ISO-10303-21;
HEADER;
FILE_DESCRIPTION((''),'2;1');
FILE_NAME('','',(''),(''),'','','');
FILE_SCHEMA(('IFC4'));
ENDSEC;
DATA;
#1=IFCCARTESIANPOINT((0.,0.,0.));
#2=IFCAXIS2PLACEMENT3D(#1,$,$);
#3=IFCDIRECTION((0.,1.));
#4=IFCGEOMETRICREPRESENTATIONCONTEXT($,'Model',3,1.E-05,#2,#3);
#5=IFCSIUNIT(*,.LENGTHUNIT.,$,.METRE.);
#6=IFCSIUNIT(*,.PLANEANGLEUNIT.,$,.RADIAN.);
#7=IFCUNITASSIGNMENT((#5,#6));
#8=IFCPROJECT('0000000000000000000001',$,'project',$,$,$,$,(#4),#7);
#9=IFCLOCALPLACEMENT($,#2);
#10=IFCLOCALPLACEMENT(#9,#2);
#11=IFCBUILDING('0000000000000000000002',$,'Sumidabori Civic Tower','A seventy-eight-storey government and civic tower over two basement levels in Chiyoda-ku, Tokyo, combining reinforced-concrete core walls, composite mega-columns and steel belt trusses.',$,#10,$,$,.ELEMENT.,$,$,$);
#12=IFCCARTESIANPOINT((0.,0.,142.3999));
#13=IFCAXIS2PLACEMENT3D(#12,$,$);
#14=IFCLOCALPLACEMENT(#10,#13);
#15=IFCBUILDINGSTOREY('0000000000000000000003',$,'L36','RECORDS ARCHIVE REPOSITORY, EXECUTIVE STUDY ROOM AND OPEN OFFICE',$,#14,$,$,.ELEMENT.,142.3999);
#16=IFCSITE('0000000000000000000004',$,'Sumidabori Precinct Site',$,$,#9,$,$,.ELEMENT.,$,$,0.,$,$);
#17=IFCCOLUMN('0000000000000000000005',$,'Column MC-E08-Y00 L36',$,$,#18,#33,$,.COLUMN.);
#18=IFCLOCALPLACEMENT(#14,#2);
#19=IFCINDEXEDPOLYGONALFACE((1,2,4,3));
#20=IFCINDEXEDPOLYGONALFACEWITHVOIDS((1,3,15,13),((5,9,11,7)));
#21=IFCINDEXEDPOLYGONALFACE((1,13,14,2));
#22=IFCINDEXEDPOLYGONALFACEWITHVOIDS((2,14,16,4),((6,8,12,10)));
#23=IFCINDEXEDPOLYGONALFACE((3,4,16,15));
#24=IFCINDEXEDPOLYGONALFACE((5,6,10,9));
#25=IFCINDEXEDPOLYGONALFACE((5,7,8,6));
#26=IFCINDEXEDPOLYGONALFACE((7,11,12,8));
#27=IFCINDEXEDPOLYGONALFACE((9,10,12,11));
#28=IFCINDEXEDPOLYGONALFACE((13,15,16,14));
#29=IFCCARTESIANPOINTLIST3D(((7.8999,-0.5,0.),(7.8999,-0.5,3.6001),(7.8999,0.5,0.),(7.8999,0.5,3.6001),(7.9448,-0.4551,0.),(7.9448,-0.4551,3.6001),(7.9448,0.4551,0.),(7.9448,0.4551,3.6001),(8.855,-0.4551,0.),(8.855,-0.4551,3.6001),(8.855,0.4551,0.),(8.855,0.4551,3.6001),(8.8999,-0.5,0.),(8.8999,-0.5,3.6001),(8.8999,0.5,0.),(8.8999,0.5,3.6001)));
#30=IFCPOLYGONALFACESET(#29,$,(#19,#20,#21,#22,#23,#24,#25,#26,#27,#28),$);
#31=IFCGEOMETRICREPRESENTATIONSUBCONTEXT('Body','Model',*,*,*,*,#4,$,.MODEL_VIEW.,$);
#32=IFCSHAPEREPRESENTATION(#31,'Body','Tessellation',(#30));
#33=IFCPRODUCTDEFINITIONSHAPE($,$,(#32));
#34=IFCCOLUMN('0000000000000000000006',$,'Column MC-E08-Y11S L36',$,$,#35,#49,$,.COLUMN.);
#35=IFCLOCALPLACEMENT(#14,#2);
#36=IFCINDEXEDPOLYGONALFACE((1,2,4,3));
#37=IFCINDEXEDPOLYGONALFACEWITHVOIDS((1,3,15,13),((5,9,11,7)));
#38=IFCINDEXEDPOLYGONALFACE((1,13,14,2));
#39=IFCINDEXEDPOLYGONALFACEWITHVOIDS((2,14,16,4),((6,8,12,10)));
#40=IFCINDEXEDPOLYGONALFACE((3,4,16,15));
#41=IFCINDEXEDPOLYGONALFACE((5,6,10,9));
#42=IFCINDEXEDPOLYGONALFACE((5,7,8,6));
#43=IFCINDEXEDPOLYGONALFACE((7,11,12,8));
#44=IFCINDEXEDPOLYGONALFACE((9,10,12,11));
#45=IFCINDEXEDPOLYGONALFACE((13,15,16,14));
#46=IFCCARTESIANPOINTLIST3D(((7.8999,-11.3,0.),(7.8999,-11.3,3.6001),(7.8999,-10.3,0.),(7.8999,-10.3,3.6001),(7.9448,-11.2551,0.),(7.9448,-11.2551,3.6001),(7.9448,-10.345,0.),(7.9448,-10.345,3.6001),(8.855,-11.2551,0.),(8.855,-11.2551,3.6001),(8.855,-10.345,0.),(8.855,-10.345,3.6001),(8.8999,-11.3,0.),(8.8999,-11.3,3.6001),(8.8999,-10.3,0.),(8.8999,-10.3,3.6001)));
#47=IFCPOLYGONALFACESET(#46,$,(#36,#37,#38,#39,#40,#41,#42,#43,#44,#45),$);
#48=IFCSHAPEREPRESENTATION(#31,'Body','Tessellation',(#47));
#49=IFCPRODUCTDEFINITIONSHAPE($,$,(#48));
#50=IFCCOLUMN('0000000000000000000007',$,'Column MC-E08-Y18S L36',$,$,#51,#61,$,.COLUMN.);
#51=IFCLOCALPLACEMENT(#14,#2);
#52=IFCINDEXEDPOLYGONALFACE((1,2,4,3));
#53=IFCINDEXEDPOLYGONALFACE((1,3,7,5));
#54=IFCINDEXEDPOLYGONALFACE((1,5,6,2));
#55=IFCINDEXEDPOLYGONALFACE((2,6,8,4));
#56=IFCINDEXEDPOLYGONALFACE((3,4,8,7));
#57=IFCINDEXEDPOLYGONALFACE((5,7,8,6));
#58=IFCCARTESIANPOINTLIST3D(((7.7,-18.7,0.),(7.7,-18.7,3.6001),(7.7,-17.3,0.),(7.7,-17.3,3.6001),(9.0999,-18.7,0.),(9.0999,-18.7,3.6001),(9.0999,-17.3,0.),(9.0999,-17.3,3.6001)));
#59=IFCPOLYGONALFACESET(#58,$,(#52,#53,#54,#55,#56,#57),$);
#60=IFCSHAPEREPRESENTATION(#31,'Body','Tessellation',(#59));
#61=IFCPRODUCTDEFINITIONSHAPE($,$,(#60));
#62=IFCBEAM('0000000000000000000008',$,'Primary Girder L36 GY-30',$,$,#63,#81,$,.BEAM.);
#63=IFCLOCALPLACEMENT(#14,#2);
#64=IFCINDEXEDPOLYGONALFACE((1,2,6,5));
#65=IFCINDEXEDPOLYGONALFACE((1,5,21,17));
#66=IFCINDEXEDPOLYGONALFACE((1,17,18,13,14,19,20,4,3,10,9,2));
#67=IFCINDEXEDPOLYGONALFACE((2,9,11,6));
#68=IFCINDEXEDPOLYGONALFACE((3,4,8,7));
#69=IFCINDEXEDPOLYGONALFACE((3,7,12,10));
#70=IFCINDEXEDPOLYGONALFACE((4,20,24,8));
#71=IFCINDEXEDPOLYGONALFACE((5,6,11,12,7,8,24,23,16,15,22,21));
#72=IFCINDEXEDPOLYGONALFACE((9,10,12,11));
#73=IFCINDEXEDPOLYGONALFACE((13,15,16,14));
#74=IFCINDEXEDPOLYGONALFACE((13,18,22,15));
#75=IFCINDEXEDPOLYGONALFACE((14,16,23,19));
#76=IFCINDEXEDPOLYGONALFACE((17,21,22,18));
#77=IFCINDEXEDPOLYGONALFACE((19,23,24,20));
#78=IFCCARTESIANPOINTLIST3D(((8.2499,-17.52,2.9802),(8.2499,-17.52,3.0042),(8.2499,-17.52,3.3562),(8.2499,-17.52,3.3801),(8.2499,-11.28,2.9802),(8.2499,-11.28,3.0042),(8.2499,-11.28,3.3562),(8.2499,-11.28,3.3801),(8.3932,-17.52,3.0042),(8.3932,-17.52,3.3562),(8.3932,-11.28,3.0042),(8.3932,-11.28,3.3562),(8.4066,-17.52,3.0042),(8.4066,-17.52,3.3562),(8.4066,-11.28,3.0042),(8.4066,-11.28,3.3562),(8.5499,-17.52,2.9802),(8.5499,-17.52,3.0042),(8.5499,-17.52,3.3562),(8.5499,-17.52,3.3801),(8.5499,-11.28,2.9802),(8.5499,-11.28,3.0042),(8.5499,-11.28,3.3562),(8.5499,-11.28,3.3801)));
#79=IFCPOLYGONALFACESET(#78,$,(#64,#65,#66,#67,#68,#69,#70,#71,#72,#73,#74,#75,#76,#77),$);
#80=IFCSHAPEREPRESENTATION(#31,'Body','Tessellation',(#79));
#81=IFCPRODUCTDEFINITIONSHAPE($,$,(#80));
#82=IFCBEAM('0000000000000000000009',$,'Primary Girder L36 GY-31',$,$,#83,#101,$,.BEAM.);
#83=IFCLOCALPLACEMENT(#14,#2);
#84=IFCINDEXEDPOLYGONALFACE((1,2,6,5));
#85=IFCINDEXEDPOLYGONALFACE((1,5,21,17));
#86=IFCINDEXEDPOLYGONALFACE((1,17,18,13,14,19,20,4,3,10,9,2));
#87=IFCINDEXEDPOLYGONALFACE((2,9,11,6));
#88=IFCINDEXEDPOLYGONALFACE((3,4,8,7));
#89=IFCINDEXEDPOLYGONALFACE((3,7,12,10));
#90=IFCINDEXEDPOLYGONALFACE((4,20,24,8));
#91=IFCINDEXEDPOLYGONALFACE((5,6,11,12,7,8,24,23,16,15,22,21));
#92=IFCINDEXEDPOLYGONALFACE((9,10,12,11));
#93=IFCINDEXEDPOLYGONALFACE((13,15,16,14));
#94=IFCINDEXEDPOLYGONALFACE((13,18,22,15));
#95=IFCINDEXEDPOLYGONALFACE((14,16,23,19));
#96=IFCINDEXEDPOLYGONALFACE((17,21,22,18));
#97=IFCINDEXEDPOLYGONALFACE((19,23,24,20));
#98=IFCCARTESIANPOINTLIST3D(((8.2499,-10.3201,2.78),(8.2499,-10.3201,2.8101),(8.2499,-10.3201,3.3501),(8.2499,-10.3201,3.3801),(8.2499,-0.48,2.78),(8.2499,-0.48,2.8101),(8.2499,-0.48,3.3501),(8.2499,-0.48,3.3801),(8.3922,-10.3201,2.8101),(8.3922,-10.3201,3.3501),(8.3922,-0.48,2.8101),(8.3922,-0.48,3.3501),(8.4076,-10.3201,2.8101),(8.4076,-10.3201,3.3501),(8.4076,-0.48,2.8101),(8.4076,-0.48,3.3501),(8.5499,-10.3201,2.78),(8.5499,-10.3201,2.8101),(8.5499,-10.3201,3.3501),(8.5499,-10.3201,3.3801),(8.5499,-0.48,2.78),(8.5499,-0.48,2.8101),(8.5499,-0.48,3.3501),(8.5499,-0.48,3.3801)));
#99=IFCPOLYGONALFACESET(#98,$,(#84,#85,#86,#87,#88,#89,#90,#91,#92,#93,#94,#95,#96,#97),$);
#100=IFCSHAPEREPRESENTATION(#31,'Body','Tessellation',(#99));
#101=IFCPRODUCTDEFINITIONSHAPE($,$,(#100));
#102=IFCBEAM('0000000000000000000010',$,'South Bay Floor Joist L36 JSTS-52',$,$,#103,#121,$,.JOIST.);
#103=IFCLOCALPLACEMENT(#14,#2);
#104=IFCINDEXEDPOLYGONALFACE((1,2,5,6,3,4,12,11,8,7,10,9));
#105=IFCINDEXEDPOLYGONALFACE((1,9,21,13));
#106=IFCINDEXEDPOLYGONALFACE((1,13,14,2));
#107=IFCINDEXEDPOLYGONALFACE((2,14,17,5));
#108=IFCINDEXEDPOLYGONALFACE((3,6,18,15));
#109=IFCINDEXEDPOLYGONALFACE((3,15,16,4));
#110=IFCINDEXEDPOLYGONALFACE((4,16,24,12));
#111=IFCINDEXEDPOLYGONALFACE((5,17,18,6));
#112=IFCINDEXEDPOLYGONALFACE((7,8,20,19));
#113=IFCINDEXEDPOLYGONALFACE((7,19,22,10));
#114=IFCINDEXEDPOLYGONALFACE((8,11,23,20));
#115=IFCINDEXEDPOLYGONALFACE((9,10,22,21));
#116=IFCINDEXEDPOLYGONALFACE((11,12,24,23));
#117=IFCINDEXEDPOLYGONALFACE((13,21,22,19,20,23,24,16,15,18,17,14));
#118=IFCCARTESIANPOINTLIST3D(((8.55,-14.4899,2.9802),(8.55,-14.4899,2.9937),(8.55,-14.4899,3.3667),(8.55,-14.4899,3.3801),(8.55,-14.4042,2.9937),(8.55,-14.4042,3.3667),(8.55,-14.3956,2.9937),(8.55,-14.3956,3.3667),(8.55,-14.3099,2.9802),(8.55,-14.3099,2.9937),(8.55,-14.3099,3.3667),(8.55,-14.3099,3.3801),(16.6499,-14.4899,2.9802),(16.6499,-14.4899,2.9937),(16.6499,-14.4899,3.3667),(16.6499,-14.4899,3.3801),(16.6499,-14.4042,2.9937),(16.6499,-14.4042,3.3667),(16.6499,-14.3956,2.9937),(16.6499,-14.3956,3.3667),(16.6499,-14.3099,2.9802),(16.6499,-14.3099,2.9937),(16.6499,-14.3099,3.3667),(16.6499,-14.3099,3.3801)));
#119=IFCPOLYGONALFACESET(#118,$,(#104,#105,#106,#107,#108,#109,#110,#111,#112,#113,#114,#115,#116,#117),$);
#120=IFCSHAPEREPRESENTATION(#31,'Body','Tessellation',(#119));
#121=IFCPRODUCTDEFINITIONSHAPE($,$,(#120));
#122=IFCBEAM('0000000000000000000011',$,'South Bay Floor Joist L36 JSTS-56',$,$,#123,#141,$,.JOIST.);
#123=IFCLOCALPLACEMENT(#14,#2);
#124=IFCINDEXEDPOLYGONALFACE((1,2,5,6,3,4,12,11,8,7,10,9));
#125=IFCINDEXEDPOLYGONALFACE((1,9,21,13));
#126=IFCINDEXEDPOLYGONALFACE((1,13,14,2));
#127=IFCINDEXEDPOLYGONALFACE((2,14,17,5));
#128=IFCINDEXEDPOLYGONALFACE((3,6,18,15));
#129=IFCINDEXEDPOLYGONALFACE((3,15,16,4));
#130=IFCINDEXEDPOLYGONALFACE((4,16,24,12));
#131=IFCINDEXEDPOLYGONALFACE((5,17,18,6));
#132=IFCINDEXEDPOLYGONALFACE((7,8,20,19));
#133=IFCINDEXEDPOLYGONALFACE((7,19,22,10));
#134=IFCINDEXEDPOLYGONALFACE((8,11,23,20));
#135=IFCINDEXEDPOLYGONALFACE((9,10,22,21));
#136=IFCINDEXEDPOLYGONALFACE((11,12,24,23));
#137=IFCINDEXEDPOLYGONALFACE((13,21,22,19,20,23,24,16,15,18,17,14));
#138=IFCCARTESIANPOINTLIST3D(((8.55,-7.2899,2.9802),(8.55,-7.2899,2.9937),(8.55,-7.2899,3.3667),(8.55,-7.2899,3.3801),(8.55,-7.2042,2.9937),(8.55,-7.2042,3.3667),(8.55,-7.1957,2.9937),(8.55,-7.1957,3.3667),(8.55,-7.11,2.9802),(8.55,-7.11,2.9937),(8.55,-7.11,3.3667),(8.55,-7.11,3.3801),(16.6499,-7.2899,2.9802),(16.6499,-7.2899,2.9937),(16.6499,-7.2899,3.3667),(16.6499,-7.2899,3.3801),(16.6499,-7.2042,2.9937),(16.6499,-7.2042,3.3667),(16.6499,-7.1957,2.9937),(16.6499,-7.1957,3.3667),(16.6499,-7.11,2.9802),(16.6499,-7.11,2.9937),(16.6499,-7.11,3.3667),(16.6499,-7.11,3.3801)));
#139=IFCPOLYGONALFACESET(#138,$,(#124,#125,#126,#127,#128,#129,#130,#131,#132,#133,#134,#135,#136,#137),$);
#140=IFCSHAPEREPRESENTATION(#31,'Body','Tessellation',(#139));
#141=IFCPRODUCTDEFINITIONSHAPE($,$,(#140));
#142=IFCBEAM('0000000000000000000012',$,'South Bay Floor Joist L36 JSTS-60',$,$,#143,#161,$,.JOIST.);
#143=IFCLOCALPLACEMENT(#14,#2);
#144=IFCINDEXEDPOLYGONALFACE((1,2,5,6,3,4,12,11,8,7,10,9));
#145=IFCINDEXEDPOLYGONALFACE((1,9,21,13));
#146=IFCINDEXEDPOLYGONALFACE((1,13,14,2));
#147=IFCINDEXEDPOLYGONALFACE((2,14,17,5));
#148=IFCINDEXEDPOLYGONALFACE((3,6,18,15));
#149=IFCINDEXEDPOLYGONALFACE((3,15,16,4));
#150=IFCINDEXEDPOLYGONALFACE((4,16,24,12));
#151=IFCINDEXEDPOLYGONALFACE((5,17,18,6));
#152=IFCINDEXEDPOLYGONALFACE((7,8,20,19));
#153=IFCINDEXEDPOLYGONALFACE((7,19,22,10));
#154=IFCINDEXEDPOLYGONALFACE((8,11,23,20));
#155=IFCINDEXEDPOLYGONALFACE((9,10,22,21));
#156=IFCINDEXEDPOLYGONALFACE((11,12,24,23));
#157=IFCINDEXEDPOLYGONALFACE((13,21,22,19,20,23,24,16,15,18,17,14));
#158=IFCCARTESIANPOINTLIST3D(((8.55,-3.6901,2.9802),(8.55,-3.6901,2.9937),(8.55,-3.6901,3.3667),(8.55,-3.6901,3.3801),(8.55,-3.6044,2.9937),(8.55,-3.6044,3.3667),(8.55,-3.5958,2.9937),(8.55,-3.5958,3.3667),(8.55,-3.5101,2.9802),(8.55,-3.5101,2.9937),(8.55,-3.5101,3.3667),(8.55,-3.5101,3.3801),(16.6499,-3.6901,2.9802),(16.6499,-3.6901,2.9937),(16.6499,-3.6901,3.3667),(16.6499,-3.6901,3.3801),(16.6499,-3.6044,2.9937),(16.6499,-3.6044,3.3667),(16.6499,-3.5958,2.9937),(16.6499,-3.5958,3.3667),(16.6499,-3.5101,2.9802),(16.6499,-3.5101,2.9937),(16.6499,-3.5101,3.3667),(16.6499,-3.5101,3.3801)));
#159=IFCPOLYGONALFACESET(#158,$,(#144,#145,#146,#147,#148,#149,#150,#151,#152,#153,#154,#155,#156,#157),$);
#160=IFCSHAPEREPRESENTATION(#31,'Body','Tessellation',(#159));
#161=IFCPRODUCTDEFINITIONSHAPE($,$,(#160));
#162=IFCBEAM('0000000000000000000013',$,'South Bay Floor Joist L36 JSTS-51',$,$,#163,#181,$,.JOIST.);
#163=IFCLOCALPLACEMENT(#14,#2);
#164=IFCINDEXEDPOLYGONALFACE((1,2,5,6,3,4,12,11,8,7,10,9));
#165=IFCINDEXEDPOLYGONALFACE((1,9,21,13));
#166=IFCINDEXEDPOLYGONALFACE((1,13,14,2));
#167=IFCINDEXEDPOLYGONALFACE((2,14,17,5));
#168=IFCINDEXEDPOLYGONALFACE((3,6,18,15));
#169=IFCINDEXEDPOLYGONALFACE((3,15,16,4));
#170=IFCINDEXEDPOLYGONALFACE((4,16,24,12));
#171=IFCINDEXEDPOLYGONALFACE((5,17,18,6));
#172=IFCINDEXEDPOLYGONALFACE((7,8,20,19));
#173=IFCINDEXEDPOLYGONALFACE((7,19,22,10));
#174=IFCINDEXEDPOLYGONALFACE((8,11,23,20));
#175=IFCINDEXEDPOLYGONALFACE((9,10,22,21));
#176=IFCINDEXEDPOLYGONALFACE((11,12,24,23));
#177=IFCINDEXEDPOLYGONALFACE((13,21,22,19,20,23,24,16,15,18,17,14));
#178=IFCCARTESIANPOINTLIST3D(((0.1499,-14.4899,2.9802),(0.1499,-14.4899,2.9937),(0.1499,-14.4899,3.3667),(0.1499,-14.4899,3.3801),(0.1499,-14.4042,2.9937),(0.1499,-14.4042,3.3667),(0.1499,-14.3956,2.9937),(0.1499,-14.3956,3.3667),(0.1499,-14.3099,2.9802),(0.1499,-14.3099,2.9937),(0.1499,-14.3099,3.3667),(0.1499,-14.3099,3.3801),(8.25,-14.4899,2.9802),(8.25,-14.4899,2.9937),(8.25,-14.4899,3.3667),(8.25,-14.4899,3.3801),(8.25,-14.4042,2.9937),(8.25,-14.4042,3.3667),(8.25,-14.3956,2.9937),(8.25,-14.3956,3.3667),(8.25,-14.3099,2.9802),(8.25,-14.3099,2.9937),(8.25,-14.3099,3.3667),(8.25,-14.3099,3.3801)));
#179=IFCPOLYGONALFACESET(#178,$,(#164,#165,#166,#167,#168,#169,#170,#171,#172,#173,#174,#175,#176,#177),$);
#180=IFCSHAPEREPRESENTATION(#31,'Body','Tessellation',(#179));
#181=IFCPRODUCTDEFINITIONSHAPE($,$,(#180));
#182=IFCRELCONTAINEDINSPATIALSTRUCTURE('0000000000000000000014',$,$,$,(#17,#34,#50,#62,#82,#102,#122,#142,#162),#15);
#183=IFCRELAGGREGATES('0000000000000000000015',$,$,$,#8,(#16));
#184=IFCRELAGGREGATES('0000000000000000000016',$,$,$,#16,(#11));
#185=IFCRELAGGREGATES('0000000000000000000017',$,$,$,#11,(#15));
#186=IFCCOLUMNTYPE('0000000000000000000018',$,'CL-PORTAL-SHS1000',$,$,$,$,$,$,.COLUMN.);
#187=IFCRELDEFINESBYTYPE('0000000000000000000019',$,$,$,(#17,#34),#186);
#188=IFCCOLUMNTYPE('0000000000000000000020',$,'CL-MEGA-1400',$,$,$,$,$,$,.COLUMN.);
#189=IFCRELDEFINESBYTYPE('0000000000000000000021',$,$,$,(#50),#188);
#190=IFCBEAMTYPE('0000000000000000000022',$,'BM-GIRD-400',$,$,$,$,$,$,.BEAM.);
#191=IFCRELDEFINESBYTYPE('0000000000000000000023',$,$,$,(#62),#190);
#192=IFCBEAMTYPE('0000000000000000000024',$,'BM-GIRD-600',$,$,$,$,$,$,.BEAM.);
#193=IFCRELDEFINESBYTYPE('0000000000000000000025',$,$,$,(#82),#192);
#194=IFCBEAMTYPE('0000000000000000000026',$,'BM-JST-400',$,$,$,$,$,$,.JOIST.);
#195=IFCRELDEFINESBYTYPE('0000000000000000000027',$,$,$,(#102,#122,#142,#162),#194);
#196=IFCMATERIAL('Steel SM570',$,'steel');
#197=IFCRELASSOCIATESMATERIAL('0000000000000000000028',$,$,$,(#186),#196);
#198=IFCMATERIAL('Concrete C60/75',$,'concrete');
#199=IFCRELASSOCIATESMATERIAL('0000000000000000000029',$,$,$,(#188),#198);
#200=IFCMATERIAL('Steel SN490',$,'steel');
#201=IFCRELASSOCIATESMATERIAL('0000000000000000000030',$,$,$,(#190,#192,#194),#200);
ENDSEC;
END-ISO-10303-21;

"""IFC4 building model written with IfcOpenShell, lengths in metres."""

from ifc_helpers import new_model, si_unit, direction, frame, origin, origin_2d, place, context, subcontext, project, spatial, rectangle, hollow_rectangle, i_section, extrude, source, transform, mapped, material, material_profile, profile_set, type_object, element, save


model = new_model("IFC4")

# Units and contexts
model_context = context("Model", 3, precision=1e-05, world=origin(), true_north=direction((0.0, 1.0)))
body_context = subcontext(model_context, "Body", "Model", "MODEL_VIEW")
ifc_project = project(units=[si_unit("LENGTHUNIT", "METRE"), si_unit("PLANEANGLEUNIT", "RADIAN")], contexts=[model_context])

# Site, building, storey
site_placement = place(None, origin())
site = spatial("IfcSite", under=ifc_project, at=site_placement, Name="Sumidabori Precinct Site", CompositionType="ELEMENT", RefElevation=0.0)
building_placement = place(site_placement, origin())
building = spatial("IfcBuilding", under=site, at=building_placement, Name="Sumidabori Civic Tower", Description="A seventy-eight-storey government and civic tower over two basement levels in Chiyoda-ku, Tokyo, combining reinforced-concrete core walls, composite mega-columns and steel belt trusses.", CompositionType="ELEMENT")
storey_placement = place(building_placement, frame((0.0, 0.0, 142.3999)))
storey = spatial("IfcBuildingStorey", under=building, at=storey_placement, Name="L36", Description="RECORDS ARCHIVE REPOSITORY, EXECUTIVE STUDY ROOM AND OPEN OFFICE", CompositionType="ELEMENT", Elevation=142.3999)

# Columns
ifc_material_1 = material(Name="Steel SM570", Category="steel")
ifc_material_profile_1 = material_profile(ifc_material_1, hollow_rectangle(XDim=1.0, YDim=1.0, WallThickness=0.0449, at=origin_2d()), Name="SHS 1000x1000x45")
ifc_profile_set_1 = profile_set([ifc_material_profile_1], Name="Steel SM570")
column_type_1 = type_object("IfcColumnType", Name="CL-PORTAL-SHS1000", PredefinedType="COLUMN", material=ifc_profile_set_1)
shared_shape_1 = source(origin(), body_context, "Body", "SweptSolid", [
    extrude(hollow_rectangle(XDim=1.0, YDim=1.0, WallThickness=0.0449, at=origin_2d()), origin(), (0.0, 0.0, 1.0), 3.6001),
])
for number, where, z_axis, x_axis, name in (
    (1, (8.3999, 0.0, 0.0), (0.0, 0.0, 1.0), (1.0, 0.0, 0.0), "Column MC-E08-Y00 L36"),
    (2, (8.3999, -10.8, 0.0), (0.0, 0.0, 1.0), (1.0, 0.0, 0.0), "Column MC-E08-Y11S L36"),
):
    element("IfcColumn", number, at=place(storey_placement, frame(where, z_axis=z_axis, x_axis=x_axis)), inside=storey, type_object=column_type_1, Name=name, PredefinedType="COLUMN", context=body_context, shape_type="MappedRepresentation", body=[
        mapped(shared_shape_1, transform((0.0, 0.0, 0.0), x_axis=(1.0, 0.0, 0.0), y_axis=(0.0, 1.0, 0.0), z_axis=(0.0, 0.0, 1.0), scale=1.0)),
    ])
ifc_material_2 = material(Name="Concrete C60/75", Category="concrete")
ifc_material_profile_2 = material_profile(ifc_material_2, rectangle(XDim=1.3999, YDim=1.3999, at=origin_2d()), Name="RC 1400x1400")
ifc_profile_set_2 = profile_set([ifc_material_profile_2], Name="Concrete C60/75")
column_type_2 = type_object("IfcColumnType", Name="CL-MEGA-1400", PredefinedType="COLUMN", material=ifc_profile_set_2)
shared_shape_2 = source(origin(), body_context, "Body", "SweptSolid", [
    extrude(rectangle(XDim=1.3999, YDim=1.3999, at=origin_2d()), origin(), (0.0, 0.0, 1.0), 3.6001),
])
column_placement = place(storey_placement, frame((8.3999, -18.0, 0.0), z_axis=(0.0, 0.0, 1.0), x_axis=(1.0, 0.0, 0.0)))
element("IfcColumn", 3, at=column_placement, inside=storey, type_object=column_type_2, Name="Column MC-E08-Y18S L36", PredefinedType="COLUMN", context=body_context, shape_type="MappedRepresentation", body=[
    mapped(shared_shape_2, transform((0.0, 0.0, 0.0), x_axis=(1.0, 0.0, 0.0), y_axis=(0.0, 1.0, 0.0), z_axis=(0.0, 0.0, 1.0), scale=1.0)),
])

# Beams
ifc_material_3 = material(Name="Steel SN490", Category="steel")
ifc_material_profile_3 = material_profile(ifc_material_3, i_section(OverallWidth=0.3, OverallDepth=0.3999, WebThickness=0.0134, FlangeThickness=0.0239, at=origin_2d()), Name="HE 400 B")
ifc_profile_set_3 = profile_set([ifc_material_profile_3], Name="Steel SN490")
beam_type_1 = type_object("IfcBeamType", Name="BM-GIRD-400", PredefinedType="BEAM", material=ifc_profile_set_3)
shared_shape_3 = source(origin(), body_context, "Body", "SweptSolid", [
    extrude(i_section(OverallWidth=0.3, OverallDepth=0.3999, WebThickness=0.0134, FlangeThickness=0.0239, at=origin_2d()), origin(), (0.0, 0.0, 1.0), 6.24),
])
beam_1_placement = place(storey_placement, frame((8.3999, -17.52, 3.1802), z_axis=(0.0, 1.0, 0.0), x_axis=(-1.0, 0.0, 0.0)))
element("IfcBeam", 4, at=beam_1_placement, inside=storey, type_object=beam_type_1, Name="Primary Girder L36 GY-30", PredefinedType="BEAM", context=body_context, shape_type="MappedRepresentation", body=[
    mapped(shared_shape_3, transform((0.0, 0.0, 0.0), x_axis=(1.0, 0.0, 0.0), y_axis=(0.0, 1.0, 0.0), z_axis=(0.0, 0.0, 1.0), scale=1.0)),
])
ifc_material_profile_4 = material_profile(ifc_material_3, i_section(OverallWidth=0.3, OverallDepth=0.6001, WebThickness=0.0154, FlangeThickness=0.03, at=origin_2d()), Name="HE 600 B")
ifc_profile_set_4 = profile_set([ifc_material_profile_4], Name="Steel SN490")
beam_type_2 = type_object("IfcBeamType", Name="BM-GIRD-600", PredefinedType="BEAM", material=ifc_profile_set_4)
shared_shape_4 = source(origin(), body_context, "Body", "SweptSolid", [
    extrude(i_section(OverallWidth=0.3, OverallDepth=0.6001, WebThickness=0.0154, FlangeThickness=0.03, at=origin_2d()), origin(), (0.0, 0.0, 1.0), 9.8401),
])
beam_2_placement = place(storey_placement, frame((8.3999, -10.3201, 3.0801), z_axis=(0.0, 1.0, 0.0), x_axis=(-1.0, 0.0, 0.0)))
element("IfcBeam", 5, at=beam_2_placement, inside=storey, type_object=beam_type_2, Name="Primary Girder L36 GY-31", PredefinedType="BEAM", context=body_context, shape_type="MappedRepresentation", body=[
    mapped(shared_shape_4, transform((0.0, 0.0, 0.0), x_axis=(1.0, 0.0, 0.0), y_axis=(0.0, 1.0, 0.0), z_axis=(0.0, 0.0, 1.0), scale=1.0)),
])
ifc_material_profile_5 = material_profile(ifc_material_3, i_section(OverallWidth=0.1799, OverallDepth=0.3999, WebThickness=0.0085, FlangeThickness=0.0134, at=origin_2d()), Name="IPE 400")
ifc_profile_set_5 = profile_set([ifc_material_profile_5], Name="Steel SN490")
beam_type_3 = type_object("IfcBeamType", Name="BM-JST-400", PredefinedType="JOIST", material=ifc_profile_set_5)
shared_shape_5 = source(origin(), body_context, "Body", "SweptSolid", [
    extrude(i_section(OverallWidth=0.1799, OverallDepth=0.3999, WebThickness=0.0085, FlangeThickness=0.0134, at=origin_2d()), origin(), (0.0, 0.0, 1.0), 8.0999),
])
for number, where, z_axis, x_axis, name in (
    (6, (8.55, -14.3999, 3.1802), (1.0, 0.0, 0.0), (0.0, 1.0, 0.0), "South Bay Floor Joist L36 JSTS-52"),
    (7, (8.55, -7.2, 3.1802), (1.0, 0.0, 0.0), (0.0, 1.0, 0.0), "South Bay Floor Joist L36 JSTS-56"),
    (8, (8.55, -3.6001, 3.1802), (1.0, 0.0, 0.0), (0.0, 1.0, 0.0), "South Bay Floor Joist L36 JSTS-60"),
):
    element("IfcBeam", number, at=place(storey_placement, frame(where, z_axis=z_axis, x_axis=x_axis)), inside=storey, type_object=beam_type_3, Name=name, PredefinedType="JOIST", context=body_context, shape_type="MappedRepresentation", body=[
        mapped(shared_shape_5, transform((0.0, 0.0, 0.0), x_axis=(1.0, 0.0, 0.0), y_axis=(0.0, 1.0, 0.0), z_axis=(0.0, 0.0, 1.0), scale=1.0)),
    ])
shared_shape_6 = source(origin(), body_context, "Body", "SweptSolid", [
    extrude(i_section(OverallWidth=0.1799, OverallDepth=0.3999, WebThickness=0.0085, FlangeThickness=0.0134, at=origin_2d()), origin(), (0.0, 0.0, 1.0), 8.1001),
])
for number, where, z_axis, x_axis, name in (
    (9, (0.1499, -14.3999, 3.1802), (1.0, 0.0, 0.0), (0.0, 1.0, 0.0), "South Bay Floor Joist L36 JSTS-51"),
):
    element("IfcBeam", number, at=place(storey_placement, frame(where, z_axis=z_axis, x_axis=x_axis)), inside=storey, type_object=beam_type_3, Name=name, PredefinedType="JOIST", context=body_context, shape_type="MappedRepresentation", body=[
        mapped(shared_shape_6, transform((0.0, 0.0, 0.0), x_axis=(1.0, 0.0, 0.0), y_axis=(0.0, 1.0, 0.0), z_axis=(0.0, 0.0, 1.0), scale=1.0)),
    ])

save(model, "model.ifc")
